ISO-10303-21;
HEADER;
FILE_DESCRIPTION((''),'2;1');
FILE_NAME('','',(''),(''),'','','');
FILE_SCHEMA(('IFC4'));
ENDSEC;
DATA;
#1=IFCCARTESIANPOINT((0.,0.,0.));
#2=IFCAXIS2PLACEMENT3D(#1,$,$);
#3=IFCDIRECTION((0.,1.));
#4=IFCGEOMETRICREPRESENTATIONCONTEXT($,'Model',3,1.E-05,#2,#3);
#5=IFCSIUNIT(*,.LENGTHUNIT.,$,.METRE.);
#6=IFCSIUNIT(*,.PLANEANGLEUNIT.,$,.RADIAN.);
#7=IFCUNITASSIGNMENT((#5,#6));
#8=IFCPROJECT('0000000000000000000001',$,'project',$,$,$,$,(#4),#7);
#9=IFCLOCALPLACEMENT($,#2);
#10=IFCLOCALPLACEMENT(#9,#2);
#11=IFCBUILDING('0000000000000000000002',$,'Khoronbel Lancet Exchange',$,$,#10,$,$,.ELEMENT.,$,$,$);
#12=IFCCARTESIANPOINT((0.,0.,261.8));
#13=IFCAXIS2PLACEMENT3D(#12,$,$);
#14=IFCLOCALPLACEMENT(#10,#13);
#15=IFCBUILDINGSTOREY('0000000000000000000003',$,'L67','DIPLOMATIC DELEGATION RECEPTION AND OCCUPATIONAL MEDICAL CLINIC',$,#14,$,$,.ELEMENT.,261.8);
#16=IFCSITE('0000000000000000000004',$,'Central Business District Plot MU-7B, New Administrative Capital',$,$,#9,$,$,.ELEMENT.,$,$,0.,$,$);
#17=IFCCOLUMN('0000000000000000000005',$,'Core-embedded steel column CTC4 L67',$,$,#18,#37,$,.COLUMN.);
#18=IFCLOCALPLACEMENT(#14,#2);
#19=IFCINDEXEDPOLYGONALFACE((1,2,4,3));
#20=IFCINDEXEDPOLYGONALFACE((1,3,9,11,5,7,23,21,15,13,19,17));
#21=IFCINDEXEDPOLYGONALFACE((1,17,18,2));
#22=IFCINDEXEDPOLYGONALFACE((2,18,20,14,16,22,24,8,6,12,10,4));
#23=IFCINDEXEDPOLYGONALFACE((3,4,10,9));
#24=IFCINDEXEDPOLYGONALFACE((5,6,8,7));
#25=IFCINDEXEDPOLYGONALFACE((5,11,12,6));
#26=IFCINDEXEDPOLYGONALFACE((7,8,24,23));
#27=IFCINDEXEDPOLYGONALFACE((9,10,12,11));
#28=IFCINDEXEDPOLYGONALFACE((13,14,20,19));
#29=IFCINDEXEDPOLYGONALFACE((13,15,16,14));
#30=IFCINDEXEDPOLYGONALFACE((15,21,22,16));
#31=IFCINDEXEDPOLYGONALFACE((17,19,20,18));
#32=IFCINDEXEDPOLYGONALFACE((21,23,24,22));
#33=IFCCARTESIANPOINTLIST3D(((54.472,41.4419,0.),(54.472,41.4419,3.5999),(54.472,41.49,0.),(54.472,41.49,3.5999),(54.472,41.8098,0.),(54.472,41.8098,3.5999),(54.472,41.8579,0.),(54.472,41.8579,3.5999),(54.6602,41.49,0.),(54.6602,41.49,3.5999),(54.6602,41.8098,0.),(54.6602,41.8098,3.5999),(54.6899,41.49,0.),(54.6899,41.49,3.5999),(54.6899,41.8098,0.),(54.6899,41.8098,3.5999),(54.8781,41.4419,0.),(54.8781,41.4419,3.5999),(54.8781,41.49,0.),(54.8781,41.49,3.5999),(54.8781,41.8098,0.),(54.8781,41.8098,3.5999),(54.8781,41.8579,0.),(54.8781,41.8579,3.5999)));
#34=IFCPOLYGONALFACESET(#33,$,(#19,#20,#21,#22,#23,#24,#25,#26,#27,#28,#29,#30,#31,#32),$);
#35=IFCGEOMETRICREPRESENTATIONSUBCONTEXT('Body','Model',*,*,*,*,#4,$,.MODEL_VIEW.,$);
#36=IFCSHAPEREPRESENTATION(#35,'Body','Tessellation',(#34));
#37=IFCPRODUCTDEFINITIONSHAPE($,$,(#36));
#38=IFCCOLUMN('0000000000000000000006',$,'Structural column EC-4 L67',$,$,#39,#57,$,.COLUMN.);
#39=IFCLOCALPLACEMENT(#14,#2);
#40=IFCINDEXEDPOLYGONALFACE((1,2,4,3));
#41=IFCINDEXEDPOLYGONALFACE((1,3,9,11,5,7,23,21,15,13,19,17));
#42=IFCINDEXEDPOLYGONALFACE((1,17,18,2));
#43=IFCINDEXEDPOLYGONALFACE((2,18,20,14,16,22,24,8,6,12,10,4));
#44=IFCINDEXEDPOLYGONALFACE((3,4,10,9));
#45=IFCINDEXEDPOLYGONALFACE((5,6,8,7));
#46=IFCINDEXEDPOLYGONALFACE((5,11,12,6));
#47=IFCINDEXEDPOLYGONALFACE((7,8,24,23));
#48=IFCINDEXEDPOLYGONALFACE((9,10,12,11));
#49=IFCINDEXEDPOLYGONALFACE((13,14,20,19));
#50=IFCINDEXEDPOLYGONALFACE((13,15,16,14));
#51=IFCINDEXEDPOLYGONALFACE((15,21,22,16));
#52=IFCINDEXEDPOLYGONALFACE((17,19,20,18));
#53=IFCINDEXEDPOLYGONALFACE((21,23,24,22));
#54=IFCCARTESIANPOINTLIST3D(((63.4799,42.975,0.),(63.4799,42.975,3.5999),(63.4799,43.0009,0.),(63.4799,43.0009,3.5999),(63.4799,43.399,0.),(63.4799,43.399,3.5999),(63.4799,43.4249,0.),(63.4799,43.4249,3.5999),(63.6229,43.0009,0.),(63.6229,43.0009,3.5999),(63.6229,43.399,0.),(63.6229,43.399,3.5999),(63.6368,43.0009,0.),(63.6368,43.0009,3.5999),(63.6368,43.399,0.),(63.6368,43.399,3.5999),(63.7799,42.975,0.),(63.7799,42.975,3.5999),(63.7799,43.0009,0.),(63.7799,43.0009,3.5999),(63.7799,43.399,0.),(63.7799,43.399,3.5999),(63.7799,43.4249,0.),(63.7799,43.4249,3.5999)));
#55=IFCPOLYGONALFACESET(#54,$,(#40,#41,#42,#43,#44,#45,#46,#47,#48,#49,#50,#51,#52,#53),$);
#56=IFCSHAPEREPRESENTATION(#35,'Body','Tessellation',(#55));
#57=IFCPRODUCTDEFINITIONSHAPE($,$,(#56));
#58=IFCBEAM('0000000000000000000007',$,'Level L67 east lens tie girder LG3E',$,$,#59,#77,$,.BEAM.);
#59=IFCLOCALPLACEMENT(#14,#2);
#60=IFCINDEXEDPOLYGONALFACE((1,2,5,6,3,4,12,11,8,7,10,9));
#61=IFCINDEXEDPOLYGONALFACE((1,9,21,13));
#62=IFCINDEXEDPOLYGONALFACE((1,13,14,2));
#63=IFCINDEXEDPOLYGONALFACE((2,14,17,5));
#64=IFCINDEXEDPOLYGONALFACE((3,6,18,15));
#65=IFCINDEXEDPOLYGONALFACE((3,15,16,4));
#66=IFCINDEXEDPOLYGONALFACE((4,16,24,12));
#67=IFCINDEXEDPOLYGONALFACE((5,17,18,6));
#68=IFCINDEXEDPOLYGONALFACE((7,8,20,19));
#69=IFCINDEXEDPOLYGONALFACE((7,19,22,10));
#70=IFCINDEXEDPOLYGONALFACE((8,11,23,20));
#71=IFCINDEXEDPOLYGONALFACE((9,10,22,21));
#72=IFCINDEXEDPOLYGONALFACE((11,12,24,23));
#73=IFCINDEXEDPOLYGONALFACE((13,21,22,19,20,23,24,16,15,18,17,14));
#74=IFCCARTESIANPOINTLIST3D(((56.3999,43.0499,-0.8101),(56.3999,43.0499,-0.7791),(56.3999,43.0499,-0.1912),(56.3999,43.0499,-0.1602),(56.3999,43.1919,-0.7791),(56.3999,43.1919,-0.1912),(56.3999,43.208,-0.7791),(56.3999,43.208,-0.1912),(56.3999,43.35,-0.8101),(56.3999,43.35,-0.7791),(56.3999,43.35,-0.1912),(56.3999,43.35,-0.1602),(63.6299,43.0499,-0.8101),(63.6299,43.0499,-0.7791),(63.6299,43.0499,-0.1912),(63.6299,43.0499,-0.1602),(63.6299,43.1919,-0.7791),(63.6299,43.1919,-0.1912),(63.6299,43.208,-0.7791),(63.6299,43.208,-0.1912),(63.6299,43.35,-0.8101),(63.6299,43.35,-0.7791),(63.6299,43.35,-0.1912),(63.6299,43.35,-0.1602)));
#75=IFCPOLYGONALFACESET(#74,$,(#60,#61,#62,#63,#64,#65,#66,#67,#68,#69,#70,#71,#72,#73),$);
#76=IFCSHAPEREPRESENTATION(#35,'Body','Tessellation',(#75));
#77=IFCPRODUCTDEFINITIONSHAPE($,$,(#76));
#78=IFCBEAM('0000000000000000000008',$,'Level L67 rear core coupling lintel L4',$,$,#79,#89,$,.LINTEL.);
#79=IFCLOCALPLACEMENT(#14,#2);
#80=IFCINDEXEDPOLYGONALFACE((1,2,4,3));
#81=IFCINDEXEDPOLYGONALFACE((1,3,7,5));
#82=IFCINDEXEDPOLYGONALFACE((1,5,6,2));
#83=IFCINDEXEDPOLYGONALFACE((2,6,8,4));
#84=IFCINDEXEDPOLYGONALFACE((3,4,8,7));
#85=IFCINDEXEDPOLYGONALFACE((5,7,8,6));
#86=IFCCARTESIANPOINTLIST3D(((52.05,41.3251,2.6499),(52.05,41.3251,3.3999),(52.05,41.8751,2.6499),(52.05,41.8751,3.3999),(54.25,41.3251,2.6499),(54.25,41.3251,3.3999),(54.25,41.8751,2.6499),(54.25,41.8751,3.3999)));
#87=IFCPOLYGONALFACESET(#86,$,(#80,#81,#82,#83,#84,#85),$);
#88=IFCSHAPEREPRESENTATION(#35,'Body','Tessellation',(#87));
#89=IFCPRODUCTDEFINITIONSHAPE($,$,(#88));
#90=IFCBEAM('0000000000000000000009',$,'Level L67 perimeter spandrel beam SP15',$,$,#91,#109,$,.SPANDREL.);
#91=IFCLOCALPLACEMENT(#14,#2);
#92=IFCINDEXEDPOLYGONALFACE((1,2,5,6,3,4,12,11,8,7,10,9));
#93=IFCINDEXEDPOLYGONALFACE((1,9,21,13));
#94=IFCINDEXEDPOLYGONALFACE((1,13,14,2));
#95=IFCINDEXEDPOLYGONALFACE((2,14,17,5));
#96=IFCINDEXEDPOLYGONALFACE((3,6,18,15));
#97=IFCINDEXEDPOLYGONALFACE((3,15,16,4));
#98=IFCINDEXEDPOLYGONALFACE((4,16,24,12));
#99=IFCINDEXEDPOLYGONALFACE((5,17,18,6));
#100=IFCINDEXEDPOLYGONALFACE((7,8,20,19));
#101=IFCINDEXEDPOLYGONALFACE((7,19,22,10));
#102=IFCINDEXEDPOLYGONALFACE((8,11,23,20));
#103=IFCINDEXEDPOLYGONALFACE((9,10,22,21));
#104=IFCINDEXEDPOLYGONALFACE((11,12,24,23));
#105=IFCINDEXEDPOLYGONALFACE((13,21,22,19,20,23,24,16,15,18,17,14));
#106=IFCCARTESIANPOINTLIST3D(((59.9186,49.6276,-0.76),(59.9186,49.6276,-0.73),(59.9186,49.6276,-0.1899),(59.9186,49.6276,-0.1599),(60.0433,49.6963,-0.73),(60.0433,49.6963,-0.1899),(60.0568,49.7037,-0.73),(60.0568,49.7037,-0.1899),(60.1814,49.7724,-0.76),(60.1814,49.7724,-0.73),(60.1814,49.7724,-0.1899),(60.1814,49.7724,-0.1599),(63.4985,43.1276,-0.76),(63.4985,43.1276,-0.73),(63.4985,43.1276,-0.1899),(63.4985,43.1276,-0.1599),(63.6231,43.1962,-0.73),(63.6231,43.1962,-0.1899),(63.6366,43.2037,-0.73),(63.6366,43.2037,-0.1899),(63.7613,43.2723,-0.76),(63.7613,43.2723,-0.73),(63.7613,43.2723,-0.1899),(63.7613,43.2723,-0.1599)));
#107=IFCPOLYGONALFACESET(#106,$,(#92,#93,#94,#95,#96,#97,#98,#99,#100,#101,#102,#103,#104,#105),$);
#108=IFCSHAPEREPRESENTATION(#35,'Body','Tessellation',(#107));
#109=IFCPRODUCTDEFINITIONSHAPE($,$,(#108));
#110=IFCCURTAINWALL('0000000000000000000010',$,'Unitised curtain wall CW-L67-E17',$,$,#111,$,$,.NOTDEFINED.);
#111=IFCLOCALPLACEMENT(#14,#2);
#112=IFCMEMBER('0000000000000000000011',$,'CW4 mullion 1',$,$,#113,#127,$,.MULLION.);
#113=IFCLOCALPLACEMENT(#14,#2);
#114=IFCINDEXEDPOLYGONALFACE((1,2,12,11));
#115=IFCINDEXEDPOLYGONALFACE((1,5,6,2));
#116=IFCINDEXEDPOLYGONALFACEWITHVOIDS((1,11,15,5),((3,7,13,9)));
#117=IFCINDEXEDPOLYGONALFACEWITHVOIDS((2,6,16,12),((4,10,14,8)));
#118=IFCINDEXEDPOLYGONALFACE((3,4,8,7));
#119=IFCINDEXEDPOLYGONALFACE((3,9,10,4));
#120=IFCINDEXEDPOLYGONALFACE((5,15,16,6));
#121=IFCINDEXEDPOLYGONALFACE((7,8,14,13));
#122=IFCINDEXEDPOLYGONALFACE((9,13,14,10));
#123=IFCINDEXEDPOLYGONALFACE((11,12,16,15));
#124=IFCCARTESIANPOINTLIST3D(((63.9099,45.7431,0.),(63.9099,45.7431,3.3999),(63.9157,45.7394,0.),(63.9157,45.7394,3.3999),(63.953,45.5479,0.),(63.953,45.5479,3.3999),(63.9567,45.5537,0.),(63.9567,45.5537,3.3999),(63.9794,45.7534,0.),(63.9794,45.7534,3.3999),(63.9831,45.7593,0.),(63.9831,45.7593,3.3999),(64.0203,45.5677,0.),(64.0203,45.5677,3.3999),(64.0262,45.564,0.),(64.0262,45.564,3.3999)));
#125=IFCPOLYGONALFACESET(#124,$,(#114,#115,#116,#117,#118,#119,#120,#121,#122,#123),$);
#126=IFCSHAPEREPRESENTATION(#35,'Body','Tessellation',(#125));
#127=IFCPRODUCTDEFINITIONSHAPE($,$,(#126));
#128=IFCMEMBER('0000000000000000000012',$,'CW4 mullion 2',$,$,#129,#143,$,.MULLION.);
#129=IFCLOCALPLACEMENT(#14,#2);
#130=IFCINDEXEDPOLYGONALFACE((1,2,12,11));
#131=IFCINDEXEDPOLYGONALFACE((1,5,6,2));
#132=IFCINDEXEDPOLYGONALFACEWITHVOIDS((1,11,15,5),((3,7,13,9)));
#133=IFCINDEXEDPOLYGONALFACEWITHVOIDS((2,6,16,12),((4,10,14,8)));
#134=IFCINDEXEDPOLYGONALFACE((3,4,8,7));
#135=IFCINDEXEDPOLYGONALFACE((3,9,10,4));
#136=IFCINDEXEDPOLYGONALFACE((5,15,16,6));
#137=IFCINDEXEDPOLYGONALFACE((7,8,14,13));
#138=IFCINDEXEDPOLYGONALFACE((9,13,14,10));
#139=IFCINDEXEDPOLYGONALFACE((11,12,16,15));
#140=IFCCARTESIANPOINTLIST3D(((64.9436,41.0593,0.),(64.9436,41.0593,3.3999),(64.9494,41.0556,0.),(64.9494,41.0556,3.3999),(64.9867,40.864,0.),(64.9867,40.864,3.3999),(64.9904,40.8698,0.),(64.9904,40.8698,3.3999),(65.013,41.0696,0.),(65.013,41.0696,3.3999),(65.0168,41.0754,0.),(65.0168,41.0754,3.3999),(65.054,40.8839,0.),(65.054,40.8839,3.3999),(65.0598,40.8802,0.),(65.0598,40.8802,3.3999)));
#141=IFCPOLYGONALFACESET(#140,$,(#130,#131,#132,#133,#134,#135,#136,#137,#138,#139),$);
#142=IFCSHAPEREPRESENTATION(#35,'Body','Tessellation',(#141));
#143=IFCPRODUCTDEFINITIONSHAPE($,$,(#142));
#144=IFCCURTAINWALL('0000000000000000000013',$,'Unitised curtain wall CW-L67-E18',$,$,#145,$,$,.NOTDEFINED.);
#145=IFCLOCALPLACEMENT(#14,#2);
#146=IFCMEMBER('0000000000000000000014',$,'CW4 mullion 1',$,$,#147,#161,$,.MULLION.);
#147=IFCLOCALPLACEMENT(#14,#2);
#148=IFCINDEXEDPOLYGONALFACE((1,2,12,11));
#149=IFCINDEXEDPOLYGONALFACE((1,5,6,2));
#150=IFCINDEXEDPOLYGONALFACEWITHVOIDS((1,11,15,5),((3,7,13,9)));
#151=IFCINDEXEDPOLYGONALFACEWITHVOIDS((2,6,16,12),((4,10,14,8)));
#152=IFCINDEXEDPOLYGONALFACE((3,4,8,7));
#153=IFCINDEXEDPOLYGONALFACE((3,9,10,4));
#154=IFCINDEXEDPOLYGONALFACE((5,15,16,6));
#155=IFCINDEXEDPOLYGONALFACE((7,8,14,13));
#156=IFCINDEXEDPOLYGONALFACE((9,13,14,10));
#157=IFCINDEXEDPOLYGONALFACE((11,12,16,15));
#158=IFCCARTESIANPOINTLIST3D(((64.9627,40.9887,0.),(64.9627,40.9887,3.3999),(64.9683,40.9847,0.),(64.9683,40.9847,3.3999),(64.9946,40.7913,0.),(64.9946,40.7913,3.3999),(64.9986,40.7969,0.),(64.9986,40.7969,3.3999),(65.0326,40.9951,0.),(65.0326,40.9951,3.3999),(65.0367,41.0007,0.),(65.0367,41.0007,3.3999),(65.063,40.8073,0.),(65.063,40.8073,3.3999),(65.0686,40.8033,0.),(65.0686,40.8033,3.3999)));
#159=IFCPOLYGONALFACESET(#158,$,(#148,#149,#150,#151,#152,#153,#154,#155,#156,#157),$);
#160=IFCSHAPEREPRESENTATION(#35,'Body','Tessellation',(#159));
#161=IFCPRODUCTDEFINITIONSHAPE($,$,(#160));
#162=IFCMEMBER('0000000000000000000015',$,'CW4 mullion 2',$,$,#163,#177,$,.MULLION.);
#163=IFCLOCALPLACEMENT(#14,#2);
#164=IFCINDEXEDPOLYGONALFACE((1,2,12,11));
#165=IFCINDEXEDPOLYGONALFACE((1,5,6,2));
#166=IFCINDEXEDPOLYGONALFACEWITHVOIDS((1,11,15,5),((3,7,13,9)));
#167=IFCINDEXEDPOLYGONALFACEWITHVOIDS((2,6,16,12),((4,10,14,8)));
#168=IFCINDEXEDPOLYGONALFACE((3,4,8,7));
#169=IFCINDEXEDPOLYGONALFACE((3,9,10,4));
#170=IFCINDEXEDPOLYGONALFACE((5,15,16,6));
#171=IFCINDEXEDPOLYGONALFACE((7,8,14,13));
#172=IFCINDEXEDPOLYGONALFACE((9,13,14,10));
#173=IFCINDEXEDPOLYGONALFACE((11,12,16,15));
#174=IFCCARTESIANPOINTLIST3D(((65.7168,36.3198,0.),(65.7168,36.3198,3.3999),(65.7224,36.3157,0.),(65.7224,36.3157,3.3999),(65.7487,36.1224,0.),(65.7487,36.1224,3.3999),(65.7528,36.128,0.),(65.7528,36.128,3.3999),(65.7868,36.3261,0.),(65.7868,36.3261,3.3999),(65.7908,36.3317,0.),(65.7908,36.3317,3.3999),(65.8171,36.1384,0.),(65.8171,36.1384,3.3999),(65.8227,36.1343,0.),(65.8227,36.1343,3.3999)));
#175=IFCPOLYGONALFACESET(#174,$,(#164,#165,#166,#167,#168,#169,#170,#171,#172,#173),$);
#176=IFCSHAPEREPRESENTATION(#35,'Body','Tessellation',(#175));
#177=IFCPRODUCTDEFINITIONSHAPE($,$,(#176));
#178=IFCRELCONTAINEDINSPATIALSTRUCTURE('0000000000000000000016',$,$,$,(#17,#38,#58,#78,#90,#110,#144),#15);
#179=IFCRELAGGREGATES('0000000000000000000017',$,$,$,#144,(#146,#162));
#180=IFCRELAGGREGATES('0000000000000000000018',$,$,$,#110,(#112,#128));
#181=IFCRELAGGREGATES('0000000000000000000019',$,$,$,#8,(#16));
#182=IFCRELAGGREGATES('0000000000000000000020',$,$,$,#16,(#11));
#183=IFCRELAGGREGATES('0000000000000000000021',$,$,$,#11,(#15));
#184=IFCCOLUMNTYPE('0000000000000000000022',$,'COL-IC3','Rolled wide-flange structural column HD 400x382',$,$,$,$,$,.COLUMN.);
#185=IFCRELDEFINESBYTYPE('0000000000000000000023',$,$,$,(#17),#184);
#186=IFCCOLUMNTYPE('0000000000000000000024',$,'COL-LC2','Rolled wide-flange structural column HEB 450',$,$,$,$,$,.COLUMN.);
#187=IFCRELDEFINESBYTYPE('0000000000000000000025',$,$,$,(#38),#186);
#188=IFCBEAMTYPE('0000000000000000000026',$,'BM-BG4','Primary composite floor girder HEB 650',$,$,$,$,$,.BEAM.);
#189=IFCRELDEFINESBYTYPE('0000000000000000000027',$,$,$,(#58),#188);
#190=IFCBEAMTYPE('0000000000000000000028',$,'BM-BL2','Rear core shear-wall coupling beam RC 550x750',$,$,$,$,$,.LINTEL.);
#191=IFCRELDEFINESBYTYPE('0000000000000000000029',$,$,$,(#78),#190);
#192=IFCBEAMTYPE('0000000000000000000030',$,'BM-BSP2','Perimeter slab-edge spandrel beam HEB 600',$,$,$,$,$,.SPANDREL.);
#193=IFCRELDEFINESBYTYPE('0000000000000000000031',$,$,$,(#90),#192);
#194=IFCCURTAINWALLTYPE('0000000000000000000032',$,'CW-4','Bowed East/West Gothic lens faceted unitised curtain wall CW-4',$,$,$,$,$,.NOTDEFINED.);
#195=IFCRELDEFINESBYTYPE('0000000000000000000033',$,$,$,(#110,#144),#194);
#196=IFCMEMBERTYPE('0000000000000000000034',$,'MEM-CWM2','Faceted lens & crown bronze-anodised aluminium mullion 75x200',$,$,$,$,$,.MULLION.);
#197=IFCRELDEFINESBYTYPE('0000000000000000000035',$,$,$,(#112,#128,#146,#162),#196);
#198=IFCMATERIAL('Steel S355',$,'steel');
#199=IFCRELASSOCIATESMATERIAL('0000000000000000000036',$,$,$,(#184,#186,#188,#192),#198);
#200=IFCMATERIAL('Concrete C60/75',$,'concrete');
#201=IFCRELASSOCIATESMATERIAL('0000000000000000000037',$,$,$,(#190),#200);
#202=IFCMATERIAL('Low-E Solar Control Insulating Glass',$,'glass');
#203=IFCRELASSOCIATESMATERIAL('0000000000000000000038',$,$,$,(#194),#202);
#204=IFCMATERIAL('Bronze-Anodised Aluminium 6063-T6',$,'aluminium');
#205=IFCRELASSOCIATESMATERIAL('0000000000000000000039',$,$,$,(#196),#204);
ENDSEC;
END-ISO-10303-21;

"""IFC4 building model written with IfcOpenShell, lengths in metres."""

from ifc_helpers import new_model, si_unit, direction, frame, origin, origin_2d, place, context, subcontext, project, spatial, rectangle, hollow_rectangle, i_section, extrude, material, material_profile, profile_set, type_object, element, aggregate, save


model = new_model("IFC4")

# Units and contexts
model_context = context("Model", 3, precision=1e-05, world=origin(), true_north=direction((0.0, 1.0)))
body_context = subcontext(model_context, "Body", "Model", "MODEL_VIEW")
ifc_project = project(units=[si_unit("LENGTHUNIT", "METRE"), si_unit("PLANEANGLEUNIT", "RADIAN")], contexts=[model_context])

# Site, building, storey
site_placement = place(None, origin())
site = spatial("IfcSite", under=ifc_project, at=site_placement, Name="Central Business District Plot MU-7B, New Administrative Capital", CompositionType="ELEMENT", RefElevation=0.0)
building_placement = place(site_placement, origin())
building = spatial("IfcBuilding", under=site, at=building_placement, Name="Khoronbel Lancet Exchange", CompositionType="ELEMENT")
storey_placement = place(building_placement, frame((0.0, 0.0, 261.8)))
storey = spatial("IfcBuildingStorey", under=building, at=storey_placement, Name="L67", Description="DIPLOMATIC DELEGATION RECEPTION AND OCCUPATIONAL MEDICAL CLINIC", CompositionType="ELEMENT", Elevation=261.8)

# Columns
ifc_material_1 = material(Name="Steel S355", Category="steel")
ifc_material_profile_1 = material_profile(ifc_material_1, i_section(OverallWidth=0.406, OverallDepth=0.416, WebThickness=0.0298, FlangeThickness=0.0481, at=origin_2d()), Name="HD 400x382")
ifc_profile_set_1 = profile_set([ifc_material_profile_1], Name="Steel S355")
column_type_1 = type_object("IfcColumnType", Name="COL-IC3", Description="Rolled wide-flange structural column HD 400x382", PredefinedType="COLUMN", material=ifc_profile_set_1)
column_1_placement = place(storey_placement, frame((54.675, 41.6499, 0.0), z_axis=(0.0, 0.0, 1.0), x_axis=(1.0, 0.0, 0.0)))
element("IfcColumn", 1, at=column_1_placement, inside=storey, type_object=column_type_1, Name="Core-embedded steel column CTC4 L67", PredefinedType="COLUMN", context=body_context, shape_type="SweptSolid", body=[
    extrude(i_section(OverallWidth=0.406, OverallDepth=0.416, WebThickness=0.0298, FlangeThickness=0.0481, at=origin_2d()), origin(), (0.0, 0.0, 1.0), 3.5999),
])
ifc_material_profile_2 = material_profile(ifc_material_1, i_section(OverallWidth=0.3, OverallDepth=0.45, WebThickness=0.0139, FlangeThickness=0.0259, at=origin_2d()), Name="HEB 450")
ifc_profile_set_2 = profile_set([ifc_material_profile_2], Name="Steel S355")
column_type_2 = type_object("IfcColumnType", Name="COL-LC2", Description="Rolled wide-flange structural column HEB 450", PredefinedType="COLUMN", material=ifc_profile_set_2)
column_2_placement = place(storey_placement, frame((63.6299, 43.2, 0.0), z_axis=(0.0, 0.0, 1.0), x_axis=(1.0, 0.0, 0.0)))
element("IfcColumn", 2, at=column_2_placement, inside=storey, type_object=column_type_2, Name="Structural column EC-4 L67", PredefinedType="COLUMN", context=body_context, shape_type="SweptSolid", body=[
    extrude(i_section(OverallWidth=0.3, OverallDepth=0.45, WebThickness=0.0139, FlangeThickness=0.0259, at=origin_2d()), origin(), (0.0, 0.0, 1.0), 3.5999),
])

# Beams
ifc_material_profile_3 = material_profile(ifc_material_1, i_section(OverallWidth=0.3, OverallDepth=0.6499, WebThickness=0.0161, FlangeThickness=0.031, at=origin_2d()), Name="HEB 650")
ifc_profile_set_3 = profile_set([ifc_material_profile_3], Name="Steel S355")
beam_type_1 = type_object("IfcBeamType", Name="BM-BG4", Description="Primary composite floor girder HEB 650", PredefinedType="BEAM", material=ifc_profile_set_3)
beam_1_placement = place(storey_placement, frame((56.3999, 43.2, -0.4851), z_axis=(1.0, 0.0, 0.0), x_axis=(0.0, 1.0, 0.0)))
element("IfcBeam", 3, at=beam_1_placement, inside=storey, type_object=beam_type_1, Name="Level L67 east lens tie girder LG3E", PredefinedType="BEAM", context=body_context, shape_type="SweptSolid", body=[
    extrude(i_section(OverallWidth=0.3, OverallDepth=0.6499, WebThickness=0.0161, FlangeThickness=0.031, at=origin_2d()), origin(), (0.0, 0.0, 1.0), 7.23),
])
ifc_material_2 = material(Name="Concrete C60/75", Category="concrete")
ifc_material_profile_4 = material_profile(ifc_material_2, rectangle(XDim=0.55, YDim=0.75, at=origin_2d()), Name="RC 550x750")
ifc_profile_set_4 = profile_set([ifc_material_profile_4], Name="Concrete C60/75")
beam_type_2 = type_object("IfcBeamType", Name="BM-BL2", Description="Rear core shear-wall coupling beam RC 550x750", PredefinedType="LINTEL", material=ifc_profile_set_4)
beam_2_placement = place(storey_placement, frame((52.05, 41.6001, 3.0249), z_axis=(1.0, 0.0, 0.0), x_axis=(0.0, 1.0, 0.0)))
element("IfcBeam", 4, at=beam_2_placement, inside=storey, type_object=beam_type_2, Name="Level L67 rear core coupling lintel L4", PredefinedType="LINTEL", context=body_context, shape_type="SweptSolid", body=[
    extrude(rectangle(XDim=0.55, YDim=0.75, at=origin_2d()), origin(), (0.0, 0.0, 1.0), 2.2),
])
ifc_material_profile_5 = material_profile(ifc_material_1, i_section(OverallWidth=0.3, OverallDepth=0.6001, WebThickness=0.0154, FlangeThickness=0.03, at=origin_2d()), Name="HEB 600")
ifc_profile_set_5 = profile_set([ifc_material_profile_5], Name="Steel S355")
beam_type_3 = type_object("IfcBeamType", Name="BM-BSP2", Description="Perimeter slab-edge spandrel beam HEB 600", PredefinedType="SPANDREL", material=ifc_profile_set_5)
beam_3_placement = place(storey_placement, frame((63.6299, 43.2, -0.46), z_axis=(-0.482419, 0.875941, 0.0), x_axis=(-0.875941, -0.482419, 0.0)))
element("IfcBeam", 5, at=beam_3_placement, inside=storey, type_object=beam_type_3, Name="Level L67 perimeter spandrel beam SP15", PredefinedType="SPANDREL", context=body_context, shape_type="SweptSolid", body=[
    extrude(i_section(OverallWidth=0.3, OverallDepth=0.6001, WebThickness=0.0154, FlangeThickness=0.03, at=origin_2d()), origin(), (0.0, 0.0, 1.0), 7.4207),
])

# Curtain walls, members
ifc_material_3 = material(Name="Low-E Solar Control Insulating Glass", Category="glass")
curtain_wall_type = type_object("IfcCurtainWallType", Name="CW-4", Description="Bowed East/West Gothic lens faceted unitised curtain wall CW-4", PredefinedType="NOTDEFINED", material=ifc_material_3)
curtain_wall_1_placement = place(storey_placement, origin())
curtain_wall_1 = element("IfcCurtainWall", 6, at=curtain_wall_1_placement, inside=storey, type_object=curtain_wall_type, Name="Unitised curtain wall CW-L67-E17", PredefinedType="NOTDEFINED")
ifc_material_4 = material(Name="Bronze-Anodised Aluminium 6063-T6", Category="aluminium")
ifc_material_profile_6 = material_profile(ifc_material_4, hollow_rectangle(XDim=0.075, YDim=0.2, WallThickness=0.0049, at=origin_2d()), Name="ALU MULLION 75x200")
ifc_profile_set_6 = profile_set([ifc_material_profile_6], Name="Bronze-Anodised Aluminium 6063-T6")
member_type_1 = type_object("IfcMemberType", Name="MEM-CWM2", Description="Faceted lens & crown bronze-anodised aluminium mullion 75x200", PredefinedType="MULLION", material=ifc_profile_set_6)
member_1_placement = place(storey_placement, frame((63.968, 45.6536, 0.0), z_axis=(0.0, 0.0, 1.0), x_axis=(0.976509, 0.215476, 0.0)))
member_1 = element("IfcMember", 7, at=member_1_placement, type_object=member_type_1, Name="CW4 mullion 1", PredefinedType="MULLION", context=body_context, shape_type="SweptSolid", body=[
    extrude(hollow_rectangle(XDim=0.075, YDim=0.2, WallThickness=0.0049, at=origin_2d()), origin(), (0.0, 0.0, 1.0), 3.3999),
])
member_2_placement = place(storey_placement, frame((65.0017, 40.9697, 0.0), z_axis=(0.0, 0.0, 1.0), x_axis=(0.976509, 0.215476, 0.0)))
member_2 = element("IfcMember", 8, at=member_2_placement, type_object=member_type_1, Name="CW4 mullion 2", PredefinedType="MULLION", context=body_context, shape_type="SweptSolid", body=[
    extrude(hollow_rectangle(XDim=0.075, YDim=0.2, WallThickness=0.0049, at=origin_2d()), origin(), (0.0, 0.0, 1.0), 3.3999),
])
curtain_wall_2_placement = place(storey_placement, origin())
curtain_wall_2 = element("IfcCurtainWall", 9, at=curtain_wall_2_placement, inside=storey, type_object=curtain_wall_type, Name="Unitised curtain wall CW-L67-E18", PredefinedType="NOTDEFINED")
member_3_placement = place(storey_placement, frame((65.0156, 40.896, 0.0), z_axis=(0.0, 0.0, 1.0), x_axis=(0.987205, 0.159456, 0.0)))
member_3 = element("IfcMember", 10, at=member_3_placement, type_object=member_type_1, Name="CW4 mullion 1", PredefinedType="MULLION", context=body_context, shape_type="SweptSolid", body=[
    extrude(hollow_rectangle(XDim=0.075, YDim=0.2, WallThickness=0.0049, at=origin_2d()), origin(), (0.0, 0.0, 1.0), 3.3999),
])
member_4_placement = place(storey_placement, frame((65.7698, 36.2271, 0.0), z_axis=(0.0, 0.0, 1.0), x_axis=(0.987205, 0.159456, 0.0)))
member_4 = element("IfcMember", 11, at=member_4_placement, type_object=member_type_1, Name="CW4 mullion 2", PredefinedType="MULLION", context=body_context, shape_type="SweptSolid", body=[
    extrude(hollow_rectangle(XDim=0.075, YDim=0.2, WallThickness=0.0049, at=origin_2d()), origin(), (0.0, 0.0, 1.0), 3.3999),
])

aggregate(curtain_wall_2, [member_3, member_4])
aggregate(curtain_wall_1, [member_1, member_2])

save(model, "model.ifc")
